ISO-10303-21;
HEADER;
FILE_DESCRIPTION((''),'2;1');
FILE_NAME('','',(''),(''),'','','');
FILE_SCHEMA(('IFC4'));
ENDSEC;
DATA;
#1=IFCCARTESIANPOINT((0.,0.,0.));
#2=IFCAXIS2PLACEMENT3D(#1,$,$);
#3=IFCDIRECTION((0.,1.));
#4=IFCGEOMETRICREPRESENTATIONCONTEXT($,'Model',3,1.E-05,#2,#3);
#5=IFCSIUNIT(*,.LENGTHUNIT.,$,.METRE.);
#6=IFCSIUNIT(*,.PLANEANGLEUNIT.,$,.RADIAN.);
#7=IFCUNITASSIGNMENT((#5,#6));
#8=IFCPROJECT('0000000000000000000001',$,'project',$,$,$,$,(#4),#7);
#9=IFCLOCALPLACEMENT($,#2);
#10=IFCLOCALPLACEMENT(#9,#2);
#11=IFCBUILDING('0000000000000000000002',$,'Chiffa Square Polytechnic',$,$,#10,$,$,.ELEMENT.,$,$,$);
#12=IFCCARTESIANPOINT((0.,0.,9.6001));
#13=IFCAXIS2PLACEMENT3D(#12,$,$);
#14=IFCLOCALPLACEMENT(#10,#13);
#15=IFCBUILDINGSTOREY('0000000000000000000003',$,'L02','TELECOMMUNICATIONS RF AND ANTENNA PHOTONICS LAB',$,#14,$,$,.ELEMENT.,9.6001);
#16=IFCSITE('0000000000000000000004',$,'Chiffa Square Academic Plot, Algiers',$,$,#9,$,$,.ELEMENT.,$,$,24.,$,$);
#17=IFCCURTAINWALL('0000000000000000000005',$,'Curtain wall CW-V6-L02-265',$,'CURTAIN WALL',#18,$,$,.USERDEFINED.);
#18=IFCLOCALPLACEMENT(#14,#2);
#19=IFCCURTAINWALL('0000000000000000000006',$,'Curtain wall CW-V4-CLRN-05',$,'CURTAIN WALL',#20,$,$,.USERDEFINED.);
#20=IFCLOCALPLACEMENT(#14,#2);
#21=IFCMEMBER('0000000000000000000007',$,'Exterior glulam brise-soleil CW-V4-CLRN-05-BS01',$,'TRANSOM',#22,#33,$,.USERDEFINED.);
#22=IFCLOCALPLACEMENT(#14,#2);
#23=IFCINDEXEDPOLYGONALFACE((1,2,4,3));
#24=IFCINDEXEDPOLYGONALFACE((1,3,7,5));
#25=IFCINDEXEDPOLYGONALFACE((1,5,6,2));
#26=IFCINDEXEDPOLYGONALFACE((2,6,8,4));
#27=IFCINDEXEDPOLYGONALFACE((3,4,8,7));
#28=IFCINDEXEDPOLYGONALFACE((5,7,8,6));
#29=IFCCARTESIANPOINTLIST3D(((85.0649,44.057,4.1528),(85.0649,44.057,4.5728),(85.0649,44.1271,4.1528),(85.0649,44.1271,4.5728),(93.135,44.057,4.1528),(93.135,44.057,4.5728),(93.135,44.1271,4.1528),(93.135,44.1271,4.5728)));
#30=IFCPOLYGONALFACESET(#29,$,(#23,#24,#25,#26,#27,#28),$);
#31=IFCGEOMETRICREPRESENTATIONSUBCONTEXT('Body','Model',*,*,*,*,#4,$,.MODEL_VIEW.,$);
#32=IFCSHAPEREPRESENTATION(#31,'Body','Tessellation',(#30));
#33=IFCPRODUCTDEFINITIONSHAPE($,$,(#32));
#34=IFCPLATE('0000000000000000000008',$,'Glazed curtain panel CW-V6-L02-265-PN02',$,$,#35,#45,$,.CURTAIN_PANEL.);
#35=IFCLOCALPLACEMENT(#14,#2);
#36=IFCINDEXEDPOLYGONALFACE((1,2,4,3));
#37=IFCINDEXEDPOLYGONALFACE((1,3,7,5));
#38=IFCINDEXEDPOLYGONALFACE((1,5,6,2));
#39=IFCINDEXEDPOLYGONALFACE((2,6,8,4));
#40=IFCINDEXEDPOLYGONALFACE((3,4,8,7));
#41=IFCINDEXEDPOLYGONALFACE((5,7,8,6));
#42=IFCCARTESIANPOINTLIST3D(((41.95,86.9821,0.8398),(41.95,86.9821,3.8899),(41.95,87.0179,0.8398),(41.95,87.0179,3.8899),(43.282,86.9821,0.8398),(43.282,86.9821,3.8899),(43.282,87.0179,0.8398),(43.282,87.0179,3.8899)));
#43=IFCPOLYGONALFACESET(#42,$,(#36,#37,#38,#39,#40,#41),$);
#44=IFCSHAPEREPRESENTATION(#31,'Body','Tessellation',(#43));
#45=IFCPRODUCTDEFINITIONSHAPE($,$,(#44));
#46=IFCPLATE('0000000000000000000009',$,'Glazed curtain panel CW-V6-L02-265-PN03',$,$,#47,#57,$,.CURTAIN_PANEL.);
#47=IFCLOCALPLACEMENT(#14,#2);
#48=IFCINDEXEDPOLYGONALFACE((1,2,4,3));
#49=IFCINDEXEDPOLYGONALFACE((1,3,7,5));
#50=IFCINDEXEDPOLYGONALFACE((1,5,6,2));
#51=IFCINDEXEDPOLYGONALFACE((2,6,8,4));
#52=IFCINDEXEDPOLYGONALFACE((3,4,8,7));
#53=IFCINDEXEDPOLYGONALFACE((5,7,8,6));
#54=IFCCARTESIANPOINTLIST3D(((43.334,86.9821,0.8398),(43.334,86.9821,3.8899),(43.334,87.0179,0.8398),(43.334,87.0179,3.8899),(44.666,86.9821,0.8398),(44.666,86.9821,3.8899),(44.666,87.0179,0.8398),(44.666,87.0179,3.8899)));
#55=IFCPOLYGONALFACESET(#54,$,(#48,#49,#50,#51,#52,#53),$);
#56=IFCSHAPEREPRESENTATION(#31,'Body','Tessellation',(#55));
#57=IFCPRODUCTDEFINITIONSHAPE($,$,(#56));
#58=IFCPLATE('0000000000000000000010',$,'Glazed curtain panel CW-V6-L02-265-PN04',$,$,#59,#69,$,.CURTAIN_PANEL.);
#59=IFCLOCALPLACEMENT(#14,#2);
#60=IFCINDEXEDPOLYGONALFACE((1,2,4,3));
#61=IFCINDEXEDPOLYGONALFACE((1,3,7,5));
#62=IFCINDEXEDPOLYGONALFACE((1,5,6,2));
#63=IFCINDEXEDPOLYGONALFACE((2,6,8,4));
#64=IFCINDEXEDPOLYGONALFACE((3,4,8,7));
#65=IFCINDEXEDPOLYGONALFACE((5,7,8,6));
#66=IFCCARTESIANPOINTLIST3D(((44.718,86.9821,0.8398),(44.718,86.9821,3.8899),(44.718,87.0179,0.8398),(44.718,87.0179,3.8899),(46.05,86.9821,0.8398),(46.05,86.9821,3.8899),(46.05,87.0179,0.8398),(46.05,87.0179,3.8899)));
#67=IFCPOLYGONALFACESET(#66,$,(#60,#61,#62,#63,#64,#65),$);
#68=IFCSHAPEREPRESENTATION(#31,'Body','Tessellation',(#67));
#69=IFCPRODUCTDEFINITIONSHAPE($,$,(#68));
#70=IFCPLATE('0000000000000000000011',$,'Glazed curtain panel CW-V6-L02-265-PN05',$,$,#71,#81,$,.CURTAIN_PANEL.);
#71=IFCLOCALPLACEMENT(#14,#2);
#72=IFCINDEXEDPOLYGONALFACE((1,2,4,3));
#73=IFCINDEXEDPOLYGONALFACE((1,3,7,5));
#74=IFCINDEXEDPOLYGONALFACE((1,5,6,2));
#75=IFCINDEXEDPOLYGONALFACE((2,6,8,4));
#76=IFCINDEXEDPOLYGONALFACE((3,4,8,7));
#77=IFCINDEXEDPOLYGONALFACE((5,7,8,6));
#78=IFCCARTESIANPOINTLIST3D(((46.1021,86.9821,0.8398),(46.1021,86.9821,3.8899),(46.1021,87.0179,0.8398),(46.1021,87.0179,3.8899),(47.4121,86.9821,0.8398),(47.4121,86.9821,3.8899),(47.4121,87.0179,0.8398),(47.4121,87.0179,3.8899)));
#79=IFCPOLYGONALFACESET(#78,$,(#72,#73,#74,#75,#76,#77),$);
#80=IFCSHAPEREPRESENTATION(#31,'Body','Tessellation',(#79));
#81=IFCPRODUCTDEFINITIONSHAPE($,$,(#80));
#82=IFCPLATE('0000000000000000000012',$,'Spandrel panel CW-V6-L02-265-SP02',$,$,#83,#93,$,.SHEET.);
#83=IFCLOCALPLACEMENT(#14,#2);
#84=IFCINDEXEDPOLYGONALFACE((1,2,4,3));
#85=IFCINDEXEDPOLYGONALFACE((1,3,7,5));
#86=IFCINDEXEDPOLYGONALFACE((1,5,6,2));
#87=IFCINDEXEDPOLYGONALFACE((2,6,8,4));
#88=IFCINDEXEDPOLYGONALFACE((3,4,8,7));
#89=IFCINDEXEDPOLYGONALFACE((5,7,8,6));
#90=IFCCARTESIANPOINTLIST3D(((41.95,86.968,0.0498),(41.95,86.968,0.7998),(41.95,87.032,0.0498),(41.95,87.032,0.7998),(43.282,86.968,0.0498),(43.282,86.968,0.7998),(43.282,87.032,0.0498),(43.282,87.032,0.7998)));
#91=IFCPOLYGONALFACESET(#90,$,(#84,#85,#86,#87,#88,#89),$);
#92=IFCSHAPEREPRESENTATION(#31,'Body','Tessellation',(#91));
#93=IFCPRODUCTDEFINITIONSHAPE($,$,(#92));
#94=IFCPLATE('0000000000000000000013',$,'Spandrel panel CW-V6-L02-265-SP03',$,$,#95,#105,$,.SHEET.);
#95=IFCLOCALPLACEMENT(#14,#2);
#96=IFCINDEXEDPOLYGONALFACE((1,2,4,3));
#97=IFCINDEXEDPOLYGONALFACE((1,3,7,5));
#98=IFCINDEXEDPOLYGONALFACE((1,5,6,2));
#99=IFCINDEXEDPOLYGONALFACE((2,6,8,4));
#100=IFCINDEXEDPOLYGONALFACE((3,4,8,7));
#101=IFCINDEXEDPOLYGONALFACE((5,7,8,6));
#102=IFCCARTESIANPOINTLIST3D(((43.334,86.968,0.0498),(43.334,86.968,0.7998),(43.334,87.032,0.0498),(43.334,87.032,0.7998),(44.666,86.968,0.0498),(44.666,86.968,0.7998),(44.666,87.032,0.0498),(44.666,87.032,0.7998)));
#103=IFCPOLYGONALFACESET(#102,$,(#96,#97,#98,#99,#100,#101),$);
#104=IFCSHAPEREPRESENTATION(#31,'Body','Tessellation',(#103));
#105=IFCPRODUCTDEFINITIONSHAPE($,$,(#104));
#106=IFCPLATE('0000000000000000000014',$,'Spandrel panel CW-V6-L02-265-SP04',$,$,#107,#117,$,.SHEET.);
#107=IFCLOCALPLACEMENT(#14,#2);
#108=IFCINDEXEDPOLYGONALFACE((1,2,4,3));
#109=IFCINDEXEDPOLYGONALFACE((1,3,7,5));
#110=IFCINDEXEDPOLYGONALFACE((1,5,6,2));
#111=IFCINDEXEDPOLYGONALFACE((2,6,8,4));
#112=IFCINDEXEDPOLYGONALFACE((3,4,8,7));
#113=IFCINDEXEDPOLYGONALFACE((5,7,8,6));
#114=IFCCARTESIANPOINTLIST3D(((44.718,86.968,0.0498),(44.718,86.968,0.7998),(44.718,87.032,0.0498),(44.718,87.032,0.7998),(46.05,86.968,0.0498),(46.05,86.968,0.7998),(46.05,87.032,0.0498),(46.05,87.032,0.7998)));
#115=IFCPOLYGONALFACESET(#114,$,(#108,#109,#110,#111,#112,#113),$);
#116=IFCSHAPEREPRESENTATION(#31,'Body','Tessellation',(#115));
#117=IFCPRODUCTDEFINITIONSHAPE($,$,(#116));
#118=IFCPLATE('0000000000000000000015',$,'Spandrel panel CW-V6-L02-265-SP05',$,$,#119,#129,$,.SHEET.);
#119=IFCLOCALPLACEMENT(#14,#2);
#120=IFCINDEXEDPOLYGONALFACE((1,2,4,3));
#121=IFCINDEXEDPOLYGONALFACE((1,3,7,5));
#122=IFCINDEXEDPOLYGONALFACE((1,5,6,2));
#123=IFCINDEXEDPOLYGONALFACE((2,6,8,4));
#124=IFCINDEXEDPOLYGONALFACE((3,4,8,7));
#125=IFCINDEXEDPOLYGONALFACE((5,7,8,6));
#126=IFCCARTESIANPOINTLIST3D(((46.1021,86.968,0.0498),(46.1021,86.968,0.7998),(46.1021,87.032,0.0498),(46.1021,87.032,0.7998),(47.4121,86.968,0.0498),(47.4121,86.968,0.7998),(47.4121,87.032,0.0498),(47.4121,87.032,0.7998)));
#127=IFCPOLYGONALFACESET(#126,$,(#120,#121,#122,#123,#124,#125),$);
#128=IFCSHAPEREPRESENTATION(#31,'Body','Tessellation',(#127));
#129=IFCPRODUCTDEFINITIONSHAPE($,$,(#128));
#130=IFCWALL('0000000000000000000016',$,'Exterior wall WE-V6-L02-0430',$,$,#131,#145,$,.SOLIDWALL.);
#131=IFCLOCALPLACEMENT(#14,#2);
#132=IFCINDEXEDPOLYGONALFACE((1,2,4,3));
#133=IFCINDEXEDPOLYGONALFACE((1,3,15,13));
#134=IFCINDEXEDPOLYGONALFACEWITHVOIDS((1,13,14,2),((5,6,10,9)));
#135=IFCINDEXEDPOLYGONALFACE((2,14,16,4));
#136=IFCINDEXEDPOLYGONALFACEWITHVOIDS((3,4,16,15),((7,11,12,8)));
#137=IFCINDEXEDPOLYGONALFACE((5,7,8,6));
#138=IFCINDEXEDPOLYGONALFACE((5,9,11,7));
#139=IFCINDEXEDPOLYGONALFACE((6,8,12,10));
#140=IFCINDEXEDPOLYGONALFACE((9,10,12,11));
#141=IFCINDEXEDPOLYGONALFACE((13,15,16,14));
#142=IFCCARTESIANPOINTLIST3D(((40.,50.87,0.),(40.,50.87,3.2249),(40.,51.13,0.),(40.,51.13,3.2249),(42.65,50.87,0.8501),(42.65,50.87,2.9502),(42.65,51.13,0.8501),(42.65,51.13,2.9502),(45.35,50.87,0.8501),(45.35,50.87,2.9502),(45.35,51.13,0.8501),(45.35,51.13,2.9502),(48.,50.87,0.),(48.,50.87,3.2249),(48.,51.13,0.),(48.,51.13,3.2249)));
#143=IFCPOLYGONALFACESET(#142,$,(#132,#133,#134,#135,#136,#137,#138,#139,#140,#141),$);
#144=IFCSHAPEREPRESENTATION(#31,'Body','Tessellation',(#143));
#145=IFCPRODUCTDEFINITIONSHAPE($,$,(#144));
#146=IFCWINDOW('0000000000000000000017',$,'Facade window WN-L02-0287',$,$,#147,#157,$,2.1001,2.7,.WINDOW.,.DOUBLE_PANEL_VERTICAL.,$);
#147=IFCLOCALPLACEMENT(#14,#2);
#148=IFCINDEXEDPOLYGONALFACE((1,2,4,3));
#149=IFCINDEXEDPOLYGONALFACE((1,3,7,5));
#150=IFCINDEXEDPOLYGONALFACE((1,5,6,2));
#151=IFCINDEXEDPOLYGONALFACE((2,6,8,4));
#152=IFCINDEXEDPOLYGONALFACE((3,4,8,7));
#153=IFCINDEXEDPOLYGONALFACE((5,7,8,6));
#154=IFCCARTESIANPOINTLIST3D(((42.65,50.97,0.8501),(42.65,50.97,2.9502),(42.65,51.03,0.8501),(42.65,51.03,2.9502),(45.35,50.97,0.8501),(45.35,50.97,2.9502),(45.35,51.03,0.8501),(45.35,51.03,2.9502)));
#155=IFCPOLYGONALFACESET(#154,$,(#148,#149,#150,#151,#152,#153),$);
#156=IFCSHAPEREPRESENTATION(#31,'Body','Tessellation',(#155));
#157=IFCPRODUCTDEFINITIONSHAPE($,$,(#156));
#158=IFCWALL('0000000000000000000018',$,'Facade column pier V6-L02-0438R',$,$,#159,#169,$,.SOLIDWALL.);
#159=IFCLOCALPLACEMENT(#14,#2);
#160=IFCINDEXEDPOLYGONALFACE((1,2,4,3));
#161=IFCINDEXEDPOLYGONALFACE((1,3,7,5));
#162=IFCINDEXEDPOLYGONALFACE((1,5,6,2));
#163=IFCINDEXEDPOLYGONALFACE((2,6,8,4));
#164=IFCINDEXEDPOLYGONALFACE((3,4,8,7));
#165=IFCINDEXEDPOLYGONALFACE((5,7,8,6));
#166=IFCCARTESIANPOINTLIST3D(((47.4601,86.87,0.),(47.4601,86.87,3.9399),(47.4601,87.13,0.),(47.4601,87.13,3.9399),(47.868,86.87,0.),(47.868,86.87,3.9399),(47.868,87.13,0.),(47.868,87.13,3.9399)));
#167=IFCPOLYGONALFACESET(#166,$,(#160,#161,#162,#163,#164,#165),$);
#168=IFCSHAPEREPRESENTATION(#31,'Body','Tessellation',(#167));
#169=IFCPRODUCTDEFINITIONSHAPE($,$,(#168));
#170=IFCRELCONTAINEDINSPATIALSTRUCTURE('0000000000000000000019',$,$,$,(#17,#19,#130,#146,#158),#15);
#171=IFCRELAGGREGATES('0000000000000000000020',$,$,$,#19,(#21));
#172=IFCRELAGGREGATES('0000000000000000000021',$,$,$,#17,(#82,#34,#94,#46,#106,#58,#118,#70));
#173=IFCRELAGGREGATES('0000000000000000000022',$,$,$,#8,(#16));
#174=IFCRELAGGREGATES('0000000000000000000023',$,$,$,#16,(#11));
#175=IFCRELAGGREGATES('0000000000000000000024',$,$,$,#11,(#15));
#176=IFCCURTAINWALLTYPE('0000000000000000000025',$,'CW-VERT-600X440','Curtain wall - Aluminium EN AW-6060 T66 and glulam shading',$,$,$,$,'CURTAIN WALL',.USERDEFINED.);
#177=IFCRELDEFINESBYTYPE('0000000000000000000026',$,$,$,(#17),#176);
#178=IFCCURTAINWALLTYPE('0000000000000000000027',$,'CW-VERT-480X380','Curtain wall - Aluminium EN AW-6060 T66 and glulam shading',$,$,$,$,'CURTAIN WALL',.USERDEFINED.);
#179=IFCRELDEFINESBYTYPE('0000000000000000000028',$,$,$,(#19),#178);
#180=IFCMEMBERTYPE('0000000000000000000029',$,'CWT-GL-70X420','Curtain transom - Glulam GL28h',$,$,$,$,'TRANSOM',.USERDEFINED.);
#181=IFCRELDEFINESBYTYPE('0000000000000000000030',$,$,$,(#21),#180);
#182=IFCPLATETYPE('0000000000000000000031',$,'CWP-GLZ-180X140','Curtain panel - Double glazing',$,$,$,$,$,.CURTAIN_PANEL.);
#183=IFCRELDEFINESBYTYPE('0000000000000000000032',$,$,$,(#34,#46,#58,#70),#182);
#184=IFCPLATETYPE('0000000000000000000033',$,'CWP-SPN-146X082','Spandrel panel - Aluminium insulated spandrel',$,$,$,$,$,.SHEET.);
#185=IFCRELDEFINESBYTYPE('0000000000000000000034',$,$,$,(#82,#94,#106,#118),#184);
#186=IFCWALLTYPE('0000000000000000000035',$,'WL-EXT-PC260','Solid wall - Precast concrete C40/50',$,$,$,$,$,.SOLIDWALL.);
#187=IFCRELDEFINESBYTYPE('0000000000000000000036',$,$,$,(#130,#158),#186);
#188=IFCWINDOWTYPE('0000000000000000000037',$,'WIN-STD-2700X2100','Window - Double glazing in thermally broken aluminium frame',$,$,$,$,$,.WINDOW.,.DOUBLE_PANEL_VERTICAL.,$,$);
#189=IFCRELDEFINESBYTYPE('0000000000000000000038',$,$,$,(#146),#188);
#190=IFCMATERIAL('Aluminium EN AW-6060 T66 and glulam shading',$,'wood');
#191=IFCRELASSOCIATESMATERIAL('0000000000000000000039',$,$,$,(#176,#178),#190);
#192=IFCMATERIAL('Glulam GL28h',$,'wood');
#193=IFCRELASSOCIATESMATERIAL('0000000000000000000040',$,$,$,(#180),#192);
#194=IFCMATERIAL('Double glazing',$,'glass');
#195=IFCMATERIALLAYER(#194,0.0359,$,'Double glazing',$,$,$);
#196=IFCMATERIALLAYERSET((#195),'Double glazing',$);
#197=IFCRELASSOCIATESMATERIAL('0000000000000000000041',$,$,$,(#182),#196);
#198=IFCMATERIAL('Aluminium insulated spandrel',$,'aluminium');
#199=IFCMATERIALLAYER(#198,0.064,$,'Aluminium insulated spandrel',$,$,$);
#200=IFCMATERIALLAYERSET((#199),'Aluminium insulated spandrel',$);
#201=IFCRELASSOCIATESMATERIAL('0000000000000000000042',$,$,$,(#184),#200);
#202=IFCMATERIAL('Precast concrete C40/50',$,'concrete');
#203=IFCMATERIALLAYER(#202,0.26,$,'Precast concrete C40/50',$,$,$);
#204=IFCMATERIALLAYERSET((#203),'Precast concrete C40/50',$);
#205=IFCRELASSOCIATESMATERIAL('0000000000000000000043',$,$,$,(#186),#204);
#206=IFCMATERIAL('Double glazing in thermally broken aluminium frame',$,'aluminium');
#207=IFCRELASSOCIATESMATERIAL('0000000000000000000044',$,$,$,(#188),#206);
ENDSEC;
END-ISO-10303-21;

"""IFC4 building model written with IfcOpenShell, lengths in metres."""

from ifc_helpers import new_model, si_unit, direction, frame, frame_2d, origin, origin_2d, place, context, subcontext, project, spatial, rectangle, extrude, material, layer, layer_set, material_profile, profile_set, type_object, element, fill, aggregate, save


model = new_model("IFC4")

# Units and contexts
model_context = context("Model", 3, precision=1e-05, world=origin(), true_north=direction((0.0, 1.0)))
body_context = subcontext(model_context, "Body", "Model", "MODEL_VIEW")
ifc_project = project(units=[si_unit("LENGTHUNIT", "METRE"), si_unit("PLANEANGLEUNIT", "RADIAN")], contexts=[model_context])

# Site, building, storey
site_placement = place(None, origin())
site = spatial("IfcSite", under=ifc_project, at=site_placement, Name="Chiffa Square Academic Plot, Algiers", CompositionType="ELEMENT", RefElevation=24.0)
building_placement = place(site_placement, origin())
building = spatial("IfcBuilding", under=site, at=building_placement, Name="Chiffa Square Polytechnic", CompositionType="ELEMENT")
storey_placement = place(building_placement, frame((0.0, 0.0, 9.6001)))
storey = spatial("IfcBuildingStorey", under=building, at=storey_placement, Name="L02", Description="TELECOMMUNICATIONS RF AND ANTENNA PHOTONICS LAB", CompositionType="ELEMENT", Elevation=9.6001)

# Curtain wall
ifc_material_1 = material(Name="Aluminium EN AW-6060 T66 and glulam shading", Category="wood")
curtain_wall_type_1 = type_object("IfcCurtainWallType", Name="CW-VERT-600X440", Description="Curtain wall - Aluminium EN AW-6060 T66 and glulam shading", ElementType="CURTAIN WALL", PredefinedType="USERDEFINED", material=ifc_material_1)
curtain_wall_1_placement = place(storey_placement, origin())
curtain_wall_1 = element("IfcCurtainWall", 1, at=curtain_wall_1_placement, inside=storey, type_object=curtain_wall_type_1, Name="Curtain wall CW-V6-L02-265", ObjectType="CURTAIN WALL", PredefinedType="USERDEFINED")
ifc_material_2 = material(Name="Glulam GL28h", Category="wood")

# Curtain wall, member
curtain_wall_type_2 = type_object("IfcCurtainWallType", Name="CW-VERT-480X380", Description="Curtain wall - Aluminium EN AW-6060 T66 and glulam shading", ElementType="CURTAIN WALL", PredefinedType="USERDEFINED", material=ifc_material_1)
curtain_wall_2_placement = place(storey_placement, origin())
curtain_wall_2 = element("IfcCurtainWall", 2, at=curtain_wall_2_placement, inside=storey, type_object=curtain_wall_type_2, Name="Curtain wall CW-V4-CLRN-05", ObjectType="CURTAIN WALL", PredefinedType="USERDEFINED")
ifc_material_profile_1 = material_profile(ifc_material_2, rectangle(XDim=0.0701, YDim=0.4199, at=origin_2d()), Name="GL28h 70x420")
ifc_profile_set_1 = profile_set([ifc_material_profile_1], Name="Glulam GL28h")
member_type_1 = type_object("IfcMemberType", Name="CWT-GL-70X420", Description="Curtain transom - Glulam GL28h", ElementType="TRANSOM", PredefinedType="USERDEFINED", material=ifc_profile_set_1)
member_1_placement = place(storey_placement, frame((93.135, 44.092, 4.3628), z_axis=(-1.0, 0.0, 0.0), x_axis=(0.0, -1.0, 0.0)))
member_1 = element("IfcMember", 3, at=member_1_placement, type_object=member_type_1, Name="Exterior glulam brise-soleil CW-V4-CLRN-05-BS01", ObjectType="TRANSOM", PredefinedType="USERDEFINED", context=body_context, shape_type="SweptSolid", body=[
    extrude(rectangle(XDim=0.0701, YDim=0.4199, at=origin_2d()), origin(), (0.0, 0.0, 1.0), 8.0701),
])
aggregate(curtain_wall_2, [member_1])

# Plates
ifc_material_3 = material(Name="Double glazing", Category="glass")
ifc_layer_1 = layer(ifc_material_3, 0.0359, Name="Double glazing")
ifc_layer_set_1 = layer_set([ifc_layer_1], Name="Double glazing")
plate_type_1 = type_object("IfcPlateType", Name="CWP-GLZ-180X140", Description="Curtain panel - Double glazing", PredefinedType="CURTAIN_PANEL", material=ifc_layer_set_1)
plate_1_placement = place(storey_placement, frame((42.616, 87.0, 0.8398), z_axis=(0.0, 0.0, 1.0), x_axis=(1.0, 0.0, 0.0)))
plate_1 = element("IfcPlate", 4, at=plate_1_placement, type_object=plate_type_1, Name="Glazed curtain panel CW-V6-L02-265-PN02", PredefinedType="CURTAIN_PANEL", context=body_context, shape_type="SweptSolid", body=[
    extrude(rectangle(XDim=1.332, YDim=0.0359, at=origin_2d()), origin(), (0.0, 0.0, 1.0), 3.05),
])
plate_2_placement = place(storey_placement, frame((44.0, 87.0, 0.8398), z_axis=(0.0, 0.0, 1.0), x_axis=(1.0, 0.0, 0.0)))
plate_2 = element("IfcPlate", 5, at=plate_2_placement, type_object=plate_type_1, Name="Glazed curtain panel CW-V6-L02-265-PN03", PredefinedType="CURTAIN_PANEL", context=body_context, shape_type="SweptSolid", body=[
    extrude(rectangle(XDim=1.332, YDim=0.0359, at=origin_2d()), origin(), (0.0, 0.0, 1.0), 3.05),
])
plate_3_placement = place(storey_placement, frame((45.384, 87.0, 0.8398), z_axis=(0.0, 0.0, 1.0), x_axis=(1.0, 0.0, 0.0)))
plate_3 = element("IfcPlate", 6, at=plate_3_placement, type_object=plate_type_1, Name="Glazed curtain panel CW-V6-L02-265-PN04", PredefinedType="CURTAIN_PANEL", context=body_context, shape_type="SweptSolid", body=[
    extrude(rectangle(XDim=1.332, YDim=0.0359, at=origin_2d()), origin(), (0.0, 0.0, 1.0), 3.05),
])
plate_4_placement = place(storey_placement, frame((46.7571, 87.0, 0.8398), z_axis=(0.0, 0.0, 1.0), x_axis=(1.0, 0.0, 0.0)))
plate_4 = element("IfcPlate", 7, at=plate_4_placement, type_object=plate_type_1, Name="Glazed curtain panel CW-V6-L02-265-PN05", PredefinedType="CURTAIN_PANEL", context=body_context, shape_type="SweptSolid", body=[
    extrude(rectangle(XDim=1.3101, YDim=0.0359, at=origin_2d()), origin(), (0.0, 0.0, 1.0), 3.05),
])
ifc_material_4 = material(Name="Aluminium insulated spandrel", Category="aluminium")
ifc_layer_2 = layer(ifc_material_4, 0.064, Name="Aluminium insulated spandrel")
ifc_layer_set_2 = layer_set([ifc_layer_2], Name="Aluminium insulated spandrel")
plate_type_2 = type_object("IfcPlateType", Name="CWP-SPN-146X082", Description="Spandrel panel - Aluminium insulated spandrel", PredefinedType="SHEET", material=ifc_layer_set_2)
plate_5_placement = place(storey_placement, frame((42.616, 87.0, 0.0498), z_axis=(0.0, 0.0, 1.0), x_axis=(1.0, 0.0, 0.0)))
plate_5 = element("IfcPlate", 8, at=plate_5_placement, type_object=plate_type_2, Name="Spandrel panel CW-V6-L02-265-SP02", PredefinedType="SHEET", context=body_context, shape_type="SweptSolid", body=[
    extrude(rectangle(XDim=1.332, YDim=0.064, at=origin_2d()), origin(), (0.0, 0.0, 1.0), 0.75),
])
plate_6_placement = place(storey_placement, frame((44.0, 87.0, 0.0498), z_axis=(0.0, 0.0, 1.0), x_axis=(1.0, 0.0, 0.0)))
plate_6 = element("IfcPlate", 9, at=plate_6_placement, type_object=plate_type_2, Name="Spandrel panel CW-V6-L02-265-SP03", PredefinedType="SHEET", context=body_context, shape_type="SweptSolid", body=[
    extrude(rectangle(XDim=1.332, YDim=0.064, at=origin_2d()), origin(), (0.0, 0.0, 1.0), 0.75),
])
plate_7_placement = place(storey_placement, frame((45.384, 87.0, 0.0498), z_axis=(0.0, 0.0, 1.0), x_axis=(1.0, 0.0, 0.0)))
plate_7 = element("IfcPlate", 10, at=plate_7_placement, type_object=plate_type_2, Name="Spandrel panel CW-V6-L02-265-SP04", PredefinedType="SHEET", context=body_context, shape_type="SweptSolid", body=[
    extrude(rectangle(XDim=1.332, YDim=0.064, at=origin_2d()), origin(), (0.0, 0.0, 1.0), 0.75),
])
plate_8_placement = place(storey_placement, frame((46.7571, 87.0, 0.0498), z_axis=(0.0, 0.0, 1.0), x_axis=(1.0, 0.0, 0.0)))
plate_8 = element("IfcPlate", 11, at=plate_8_placement, type_object=plate_type_2, Name="Spandrel panel CW-V6-L02-265-SP05", PredefinedType="SHEET", context=body_context, shape_type="SweptSolid", body=[
    extrude(rectangle(XDim=1.3101, YDim=0.064, at=origin_2d()), origin(), (0.0, 0.0, 1.0), 0.75),
])
aggregate(curtain_wall_1, [plate_5, plate_1, plate_6, plate_2, plate_7, plate_3, plate_8, plate_4])

# Wall, opening, window
ifc_material_5 = material(Name="Precast concrete C40/50", Category="concrete")
ifc_layer_3 = layer(ifc_material_5, 0.26, Name="Precast concrete C40/50")
ifc_layer_set_3 = layer_set([ifc_layer_3], Name="Precast concrete C40/50")
wall_type_1 = type_object("IfcWallType", Name="WL-EXT-PC260", Description="Solid wall - Precast concrete C40/50", PredefinedType="SOLIDWALL", material=ifc_layer_set_3)
wall_1_placement = place(storey_placement, frame((48.0, 51.0, 0.0), z_axis=(0.0, 0.0, 1.0), x_axis=(-1.0, 0.0, 0.0)))
wall_1 = element("IfcWall", 12, at=wall_1_placement, inside=storey, type_object=wall_type_1, Name="Exterior wall WE-V6-L02-0430", PredefinedType="SOLIDWALL", context=body_context, shape_type="SweptSolid", body=[
    extrude(rectangle(XDim=8.0, YDim=0.26, at=frame_2d((4.0, 0.0))), origin(), (0.0, 0.0, 1.0), 3.2249),
])
opening_1_placement = place(wall_1_placement, frame((2.6499, 0.0, 0.8501)))
opening_1 = element("IfcOpeningElement", 13, at=opening_1_placement, cuts=wall_1, PredefinedType="OPENING", context=body_context, shape_type="SweptSolid", body=[
    extrude(rectangle(XDim=2.7, YDim=2.1001, at=frame_2d((1.3501, 1.05))), frame((0.0, 0.1401, 0.0), z_axis=(0.0, -1.0, 0.0), x_axis=(1.0, 0.0, 0.0)), (0.0, 0.0, 1.0), 0.28),
])
ifc_material_6 = material(Name="Double glazing in thermally broken aluminium frame", Category="aluminium")
window_type_1 = type_object("IfcWindowType", Name="WIN-STD-2700X2100", Description="Window - Double glazing in thermally broken aluminium frame", PartitioningType="DOUBLE_PANEL_VERTICAL", PredefinedType="WINDOW", material=ifc_material_6)
window_1_placement = place(opening_1_placement, origin())
window_1 = element("IfcWindow", 14, at=window_1_placement, inside=storey, type_object=window_type_1, Name="Facade window WN-L02-0287", OverallHeight=2.1001, OverallWidth=2.7, PartitioningType="DOUBLE_PANEL_VERTICAL", PredefinedType="WINDOW", context=body_context, shape_type="SweptSolid", body=[
    extrude(rectangle(XDim=2.7, YDim=2.1001, at=frame_2d((1.3501, 1.05))), frame((0.0, 0.03, 0.0), z_axis=(0.0, -1.0, 0.0), x_axis=(1.0, 0.0, 0.0)), (0.0, 0.0, 1.0), 0.0601),
])
fill(opening_1, window_1)

# Wall
wall_2_placement = place(storey_placement, frame((47.46, 87.0, 0.0), z_axis=(0.0, 0.0, 1.0), x_axis=(1.0, 0.0, 0.0)))
element("IfcWall", 15, at=wall_2_placement, inside=storey, type_object=wall_type_1, Name="Facade column pier V6-L02-0438R", PredefinedType="SOLIDWALL", context=body_context, shape_type="SweptSolid", body=[
    extrude(rectangle(XDim=0.408, YDim=0.26, at=frame_2d((0.2041, 0.0))), origin(), (0.0, 0.0, 1.0), 3.9399),
])

save(model, "model.ifc")
